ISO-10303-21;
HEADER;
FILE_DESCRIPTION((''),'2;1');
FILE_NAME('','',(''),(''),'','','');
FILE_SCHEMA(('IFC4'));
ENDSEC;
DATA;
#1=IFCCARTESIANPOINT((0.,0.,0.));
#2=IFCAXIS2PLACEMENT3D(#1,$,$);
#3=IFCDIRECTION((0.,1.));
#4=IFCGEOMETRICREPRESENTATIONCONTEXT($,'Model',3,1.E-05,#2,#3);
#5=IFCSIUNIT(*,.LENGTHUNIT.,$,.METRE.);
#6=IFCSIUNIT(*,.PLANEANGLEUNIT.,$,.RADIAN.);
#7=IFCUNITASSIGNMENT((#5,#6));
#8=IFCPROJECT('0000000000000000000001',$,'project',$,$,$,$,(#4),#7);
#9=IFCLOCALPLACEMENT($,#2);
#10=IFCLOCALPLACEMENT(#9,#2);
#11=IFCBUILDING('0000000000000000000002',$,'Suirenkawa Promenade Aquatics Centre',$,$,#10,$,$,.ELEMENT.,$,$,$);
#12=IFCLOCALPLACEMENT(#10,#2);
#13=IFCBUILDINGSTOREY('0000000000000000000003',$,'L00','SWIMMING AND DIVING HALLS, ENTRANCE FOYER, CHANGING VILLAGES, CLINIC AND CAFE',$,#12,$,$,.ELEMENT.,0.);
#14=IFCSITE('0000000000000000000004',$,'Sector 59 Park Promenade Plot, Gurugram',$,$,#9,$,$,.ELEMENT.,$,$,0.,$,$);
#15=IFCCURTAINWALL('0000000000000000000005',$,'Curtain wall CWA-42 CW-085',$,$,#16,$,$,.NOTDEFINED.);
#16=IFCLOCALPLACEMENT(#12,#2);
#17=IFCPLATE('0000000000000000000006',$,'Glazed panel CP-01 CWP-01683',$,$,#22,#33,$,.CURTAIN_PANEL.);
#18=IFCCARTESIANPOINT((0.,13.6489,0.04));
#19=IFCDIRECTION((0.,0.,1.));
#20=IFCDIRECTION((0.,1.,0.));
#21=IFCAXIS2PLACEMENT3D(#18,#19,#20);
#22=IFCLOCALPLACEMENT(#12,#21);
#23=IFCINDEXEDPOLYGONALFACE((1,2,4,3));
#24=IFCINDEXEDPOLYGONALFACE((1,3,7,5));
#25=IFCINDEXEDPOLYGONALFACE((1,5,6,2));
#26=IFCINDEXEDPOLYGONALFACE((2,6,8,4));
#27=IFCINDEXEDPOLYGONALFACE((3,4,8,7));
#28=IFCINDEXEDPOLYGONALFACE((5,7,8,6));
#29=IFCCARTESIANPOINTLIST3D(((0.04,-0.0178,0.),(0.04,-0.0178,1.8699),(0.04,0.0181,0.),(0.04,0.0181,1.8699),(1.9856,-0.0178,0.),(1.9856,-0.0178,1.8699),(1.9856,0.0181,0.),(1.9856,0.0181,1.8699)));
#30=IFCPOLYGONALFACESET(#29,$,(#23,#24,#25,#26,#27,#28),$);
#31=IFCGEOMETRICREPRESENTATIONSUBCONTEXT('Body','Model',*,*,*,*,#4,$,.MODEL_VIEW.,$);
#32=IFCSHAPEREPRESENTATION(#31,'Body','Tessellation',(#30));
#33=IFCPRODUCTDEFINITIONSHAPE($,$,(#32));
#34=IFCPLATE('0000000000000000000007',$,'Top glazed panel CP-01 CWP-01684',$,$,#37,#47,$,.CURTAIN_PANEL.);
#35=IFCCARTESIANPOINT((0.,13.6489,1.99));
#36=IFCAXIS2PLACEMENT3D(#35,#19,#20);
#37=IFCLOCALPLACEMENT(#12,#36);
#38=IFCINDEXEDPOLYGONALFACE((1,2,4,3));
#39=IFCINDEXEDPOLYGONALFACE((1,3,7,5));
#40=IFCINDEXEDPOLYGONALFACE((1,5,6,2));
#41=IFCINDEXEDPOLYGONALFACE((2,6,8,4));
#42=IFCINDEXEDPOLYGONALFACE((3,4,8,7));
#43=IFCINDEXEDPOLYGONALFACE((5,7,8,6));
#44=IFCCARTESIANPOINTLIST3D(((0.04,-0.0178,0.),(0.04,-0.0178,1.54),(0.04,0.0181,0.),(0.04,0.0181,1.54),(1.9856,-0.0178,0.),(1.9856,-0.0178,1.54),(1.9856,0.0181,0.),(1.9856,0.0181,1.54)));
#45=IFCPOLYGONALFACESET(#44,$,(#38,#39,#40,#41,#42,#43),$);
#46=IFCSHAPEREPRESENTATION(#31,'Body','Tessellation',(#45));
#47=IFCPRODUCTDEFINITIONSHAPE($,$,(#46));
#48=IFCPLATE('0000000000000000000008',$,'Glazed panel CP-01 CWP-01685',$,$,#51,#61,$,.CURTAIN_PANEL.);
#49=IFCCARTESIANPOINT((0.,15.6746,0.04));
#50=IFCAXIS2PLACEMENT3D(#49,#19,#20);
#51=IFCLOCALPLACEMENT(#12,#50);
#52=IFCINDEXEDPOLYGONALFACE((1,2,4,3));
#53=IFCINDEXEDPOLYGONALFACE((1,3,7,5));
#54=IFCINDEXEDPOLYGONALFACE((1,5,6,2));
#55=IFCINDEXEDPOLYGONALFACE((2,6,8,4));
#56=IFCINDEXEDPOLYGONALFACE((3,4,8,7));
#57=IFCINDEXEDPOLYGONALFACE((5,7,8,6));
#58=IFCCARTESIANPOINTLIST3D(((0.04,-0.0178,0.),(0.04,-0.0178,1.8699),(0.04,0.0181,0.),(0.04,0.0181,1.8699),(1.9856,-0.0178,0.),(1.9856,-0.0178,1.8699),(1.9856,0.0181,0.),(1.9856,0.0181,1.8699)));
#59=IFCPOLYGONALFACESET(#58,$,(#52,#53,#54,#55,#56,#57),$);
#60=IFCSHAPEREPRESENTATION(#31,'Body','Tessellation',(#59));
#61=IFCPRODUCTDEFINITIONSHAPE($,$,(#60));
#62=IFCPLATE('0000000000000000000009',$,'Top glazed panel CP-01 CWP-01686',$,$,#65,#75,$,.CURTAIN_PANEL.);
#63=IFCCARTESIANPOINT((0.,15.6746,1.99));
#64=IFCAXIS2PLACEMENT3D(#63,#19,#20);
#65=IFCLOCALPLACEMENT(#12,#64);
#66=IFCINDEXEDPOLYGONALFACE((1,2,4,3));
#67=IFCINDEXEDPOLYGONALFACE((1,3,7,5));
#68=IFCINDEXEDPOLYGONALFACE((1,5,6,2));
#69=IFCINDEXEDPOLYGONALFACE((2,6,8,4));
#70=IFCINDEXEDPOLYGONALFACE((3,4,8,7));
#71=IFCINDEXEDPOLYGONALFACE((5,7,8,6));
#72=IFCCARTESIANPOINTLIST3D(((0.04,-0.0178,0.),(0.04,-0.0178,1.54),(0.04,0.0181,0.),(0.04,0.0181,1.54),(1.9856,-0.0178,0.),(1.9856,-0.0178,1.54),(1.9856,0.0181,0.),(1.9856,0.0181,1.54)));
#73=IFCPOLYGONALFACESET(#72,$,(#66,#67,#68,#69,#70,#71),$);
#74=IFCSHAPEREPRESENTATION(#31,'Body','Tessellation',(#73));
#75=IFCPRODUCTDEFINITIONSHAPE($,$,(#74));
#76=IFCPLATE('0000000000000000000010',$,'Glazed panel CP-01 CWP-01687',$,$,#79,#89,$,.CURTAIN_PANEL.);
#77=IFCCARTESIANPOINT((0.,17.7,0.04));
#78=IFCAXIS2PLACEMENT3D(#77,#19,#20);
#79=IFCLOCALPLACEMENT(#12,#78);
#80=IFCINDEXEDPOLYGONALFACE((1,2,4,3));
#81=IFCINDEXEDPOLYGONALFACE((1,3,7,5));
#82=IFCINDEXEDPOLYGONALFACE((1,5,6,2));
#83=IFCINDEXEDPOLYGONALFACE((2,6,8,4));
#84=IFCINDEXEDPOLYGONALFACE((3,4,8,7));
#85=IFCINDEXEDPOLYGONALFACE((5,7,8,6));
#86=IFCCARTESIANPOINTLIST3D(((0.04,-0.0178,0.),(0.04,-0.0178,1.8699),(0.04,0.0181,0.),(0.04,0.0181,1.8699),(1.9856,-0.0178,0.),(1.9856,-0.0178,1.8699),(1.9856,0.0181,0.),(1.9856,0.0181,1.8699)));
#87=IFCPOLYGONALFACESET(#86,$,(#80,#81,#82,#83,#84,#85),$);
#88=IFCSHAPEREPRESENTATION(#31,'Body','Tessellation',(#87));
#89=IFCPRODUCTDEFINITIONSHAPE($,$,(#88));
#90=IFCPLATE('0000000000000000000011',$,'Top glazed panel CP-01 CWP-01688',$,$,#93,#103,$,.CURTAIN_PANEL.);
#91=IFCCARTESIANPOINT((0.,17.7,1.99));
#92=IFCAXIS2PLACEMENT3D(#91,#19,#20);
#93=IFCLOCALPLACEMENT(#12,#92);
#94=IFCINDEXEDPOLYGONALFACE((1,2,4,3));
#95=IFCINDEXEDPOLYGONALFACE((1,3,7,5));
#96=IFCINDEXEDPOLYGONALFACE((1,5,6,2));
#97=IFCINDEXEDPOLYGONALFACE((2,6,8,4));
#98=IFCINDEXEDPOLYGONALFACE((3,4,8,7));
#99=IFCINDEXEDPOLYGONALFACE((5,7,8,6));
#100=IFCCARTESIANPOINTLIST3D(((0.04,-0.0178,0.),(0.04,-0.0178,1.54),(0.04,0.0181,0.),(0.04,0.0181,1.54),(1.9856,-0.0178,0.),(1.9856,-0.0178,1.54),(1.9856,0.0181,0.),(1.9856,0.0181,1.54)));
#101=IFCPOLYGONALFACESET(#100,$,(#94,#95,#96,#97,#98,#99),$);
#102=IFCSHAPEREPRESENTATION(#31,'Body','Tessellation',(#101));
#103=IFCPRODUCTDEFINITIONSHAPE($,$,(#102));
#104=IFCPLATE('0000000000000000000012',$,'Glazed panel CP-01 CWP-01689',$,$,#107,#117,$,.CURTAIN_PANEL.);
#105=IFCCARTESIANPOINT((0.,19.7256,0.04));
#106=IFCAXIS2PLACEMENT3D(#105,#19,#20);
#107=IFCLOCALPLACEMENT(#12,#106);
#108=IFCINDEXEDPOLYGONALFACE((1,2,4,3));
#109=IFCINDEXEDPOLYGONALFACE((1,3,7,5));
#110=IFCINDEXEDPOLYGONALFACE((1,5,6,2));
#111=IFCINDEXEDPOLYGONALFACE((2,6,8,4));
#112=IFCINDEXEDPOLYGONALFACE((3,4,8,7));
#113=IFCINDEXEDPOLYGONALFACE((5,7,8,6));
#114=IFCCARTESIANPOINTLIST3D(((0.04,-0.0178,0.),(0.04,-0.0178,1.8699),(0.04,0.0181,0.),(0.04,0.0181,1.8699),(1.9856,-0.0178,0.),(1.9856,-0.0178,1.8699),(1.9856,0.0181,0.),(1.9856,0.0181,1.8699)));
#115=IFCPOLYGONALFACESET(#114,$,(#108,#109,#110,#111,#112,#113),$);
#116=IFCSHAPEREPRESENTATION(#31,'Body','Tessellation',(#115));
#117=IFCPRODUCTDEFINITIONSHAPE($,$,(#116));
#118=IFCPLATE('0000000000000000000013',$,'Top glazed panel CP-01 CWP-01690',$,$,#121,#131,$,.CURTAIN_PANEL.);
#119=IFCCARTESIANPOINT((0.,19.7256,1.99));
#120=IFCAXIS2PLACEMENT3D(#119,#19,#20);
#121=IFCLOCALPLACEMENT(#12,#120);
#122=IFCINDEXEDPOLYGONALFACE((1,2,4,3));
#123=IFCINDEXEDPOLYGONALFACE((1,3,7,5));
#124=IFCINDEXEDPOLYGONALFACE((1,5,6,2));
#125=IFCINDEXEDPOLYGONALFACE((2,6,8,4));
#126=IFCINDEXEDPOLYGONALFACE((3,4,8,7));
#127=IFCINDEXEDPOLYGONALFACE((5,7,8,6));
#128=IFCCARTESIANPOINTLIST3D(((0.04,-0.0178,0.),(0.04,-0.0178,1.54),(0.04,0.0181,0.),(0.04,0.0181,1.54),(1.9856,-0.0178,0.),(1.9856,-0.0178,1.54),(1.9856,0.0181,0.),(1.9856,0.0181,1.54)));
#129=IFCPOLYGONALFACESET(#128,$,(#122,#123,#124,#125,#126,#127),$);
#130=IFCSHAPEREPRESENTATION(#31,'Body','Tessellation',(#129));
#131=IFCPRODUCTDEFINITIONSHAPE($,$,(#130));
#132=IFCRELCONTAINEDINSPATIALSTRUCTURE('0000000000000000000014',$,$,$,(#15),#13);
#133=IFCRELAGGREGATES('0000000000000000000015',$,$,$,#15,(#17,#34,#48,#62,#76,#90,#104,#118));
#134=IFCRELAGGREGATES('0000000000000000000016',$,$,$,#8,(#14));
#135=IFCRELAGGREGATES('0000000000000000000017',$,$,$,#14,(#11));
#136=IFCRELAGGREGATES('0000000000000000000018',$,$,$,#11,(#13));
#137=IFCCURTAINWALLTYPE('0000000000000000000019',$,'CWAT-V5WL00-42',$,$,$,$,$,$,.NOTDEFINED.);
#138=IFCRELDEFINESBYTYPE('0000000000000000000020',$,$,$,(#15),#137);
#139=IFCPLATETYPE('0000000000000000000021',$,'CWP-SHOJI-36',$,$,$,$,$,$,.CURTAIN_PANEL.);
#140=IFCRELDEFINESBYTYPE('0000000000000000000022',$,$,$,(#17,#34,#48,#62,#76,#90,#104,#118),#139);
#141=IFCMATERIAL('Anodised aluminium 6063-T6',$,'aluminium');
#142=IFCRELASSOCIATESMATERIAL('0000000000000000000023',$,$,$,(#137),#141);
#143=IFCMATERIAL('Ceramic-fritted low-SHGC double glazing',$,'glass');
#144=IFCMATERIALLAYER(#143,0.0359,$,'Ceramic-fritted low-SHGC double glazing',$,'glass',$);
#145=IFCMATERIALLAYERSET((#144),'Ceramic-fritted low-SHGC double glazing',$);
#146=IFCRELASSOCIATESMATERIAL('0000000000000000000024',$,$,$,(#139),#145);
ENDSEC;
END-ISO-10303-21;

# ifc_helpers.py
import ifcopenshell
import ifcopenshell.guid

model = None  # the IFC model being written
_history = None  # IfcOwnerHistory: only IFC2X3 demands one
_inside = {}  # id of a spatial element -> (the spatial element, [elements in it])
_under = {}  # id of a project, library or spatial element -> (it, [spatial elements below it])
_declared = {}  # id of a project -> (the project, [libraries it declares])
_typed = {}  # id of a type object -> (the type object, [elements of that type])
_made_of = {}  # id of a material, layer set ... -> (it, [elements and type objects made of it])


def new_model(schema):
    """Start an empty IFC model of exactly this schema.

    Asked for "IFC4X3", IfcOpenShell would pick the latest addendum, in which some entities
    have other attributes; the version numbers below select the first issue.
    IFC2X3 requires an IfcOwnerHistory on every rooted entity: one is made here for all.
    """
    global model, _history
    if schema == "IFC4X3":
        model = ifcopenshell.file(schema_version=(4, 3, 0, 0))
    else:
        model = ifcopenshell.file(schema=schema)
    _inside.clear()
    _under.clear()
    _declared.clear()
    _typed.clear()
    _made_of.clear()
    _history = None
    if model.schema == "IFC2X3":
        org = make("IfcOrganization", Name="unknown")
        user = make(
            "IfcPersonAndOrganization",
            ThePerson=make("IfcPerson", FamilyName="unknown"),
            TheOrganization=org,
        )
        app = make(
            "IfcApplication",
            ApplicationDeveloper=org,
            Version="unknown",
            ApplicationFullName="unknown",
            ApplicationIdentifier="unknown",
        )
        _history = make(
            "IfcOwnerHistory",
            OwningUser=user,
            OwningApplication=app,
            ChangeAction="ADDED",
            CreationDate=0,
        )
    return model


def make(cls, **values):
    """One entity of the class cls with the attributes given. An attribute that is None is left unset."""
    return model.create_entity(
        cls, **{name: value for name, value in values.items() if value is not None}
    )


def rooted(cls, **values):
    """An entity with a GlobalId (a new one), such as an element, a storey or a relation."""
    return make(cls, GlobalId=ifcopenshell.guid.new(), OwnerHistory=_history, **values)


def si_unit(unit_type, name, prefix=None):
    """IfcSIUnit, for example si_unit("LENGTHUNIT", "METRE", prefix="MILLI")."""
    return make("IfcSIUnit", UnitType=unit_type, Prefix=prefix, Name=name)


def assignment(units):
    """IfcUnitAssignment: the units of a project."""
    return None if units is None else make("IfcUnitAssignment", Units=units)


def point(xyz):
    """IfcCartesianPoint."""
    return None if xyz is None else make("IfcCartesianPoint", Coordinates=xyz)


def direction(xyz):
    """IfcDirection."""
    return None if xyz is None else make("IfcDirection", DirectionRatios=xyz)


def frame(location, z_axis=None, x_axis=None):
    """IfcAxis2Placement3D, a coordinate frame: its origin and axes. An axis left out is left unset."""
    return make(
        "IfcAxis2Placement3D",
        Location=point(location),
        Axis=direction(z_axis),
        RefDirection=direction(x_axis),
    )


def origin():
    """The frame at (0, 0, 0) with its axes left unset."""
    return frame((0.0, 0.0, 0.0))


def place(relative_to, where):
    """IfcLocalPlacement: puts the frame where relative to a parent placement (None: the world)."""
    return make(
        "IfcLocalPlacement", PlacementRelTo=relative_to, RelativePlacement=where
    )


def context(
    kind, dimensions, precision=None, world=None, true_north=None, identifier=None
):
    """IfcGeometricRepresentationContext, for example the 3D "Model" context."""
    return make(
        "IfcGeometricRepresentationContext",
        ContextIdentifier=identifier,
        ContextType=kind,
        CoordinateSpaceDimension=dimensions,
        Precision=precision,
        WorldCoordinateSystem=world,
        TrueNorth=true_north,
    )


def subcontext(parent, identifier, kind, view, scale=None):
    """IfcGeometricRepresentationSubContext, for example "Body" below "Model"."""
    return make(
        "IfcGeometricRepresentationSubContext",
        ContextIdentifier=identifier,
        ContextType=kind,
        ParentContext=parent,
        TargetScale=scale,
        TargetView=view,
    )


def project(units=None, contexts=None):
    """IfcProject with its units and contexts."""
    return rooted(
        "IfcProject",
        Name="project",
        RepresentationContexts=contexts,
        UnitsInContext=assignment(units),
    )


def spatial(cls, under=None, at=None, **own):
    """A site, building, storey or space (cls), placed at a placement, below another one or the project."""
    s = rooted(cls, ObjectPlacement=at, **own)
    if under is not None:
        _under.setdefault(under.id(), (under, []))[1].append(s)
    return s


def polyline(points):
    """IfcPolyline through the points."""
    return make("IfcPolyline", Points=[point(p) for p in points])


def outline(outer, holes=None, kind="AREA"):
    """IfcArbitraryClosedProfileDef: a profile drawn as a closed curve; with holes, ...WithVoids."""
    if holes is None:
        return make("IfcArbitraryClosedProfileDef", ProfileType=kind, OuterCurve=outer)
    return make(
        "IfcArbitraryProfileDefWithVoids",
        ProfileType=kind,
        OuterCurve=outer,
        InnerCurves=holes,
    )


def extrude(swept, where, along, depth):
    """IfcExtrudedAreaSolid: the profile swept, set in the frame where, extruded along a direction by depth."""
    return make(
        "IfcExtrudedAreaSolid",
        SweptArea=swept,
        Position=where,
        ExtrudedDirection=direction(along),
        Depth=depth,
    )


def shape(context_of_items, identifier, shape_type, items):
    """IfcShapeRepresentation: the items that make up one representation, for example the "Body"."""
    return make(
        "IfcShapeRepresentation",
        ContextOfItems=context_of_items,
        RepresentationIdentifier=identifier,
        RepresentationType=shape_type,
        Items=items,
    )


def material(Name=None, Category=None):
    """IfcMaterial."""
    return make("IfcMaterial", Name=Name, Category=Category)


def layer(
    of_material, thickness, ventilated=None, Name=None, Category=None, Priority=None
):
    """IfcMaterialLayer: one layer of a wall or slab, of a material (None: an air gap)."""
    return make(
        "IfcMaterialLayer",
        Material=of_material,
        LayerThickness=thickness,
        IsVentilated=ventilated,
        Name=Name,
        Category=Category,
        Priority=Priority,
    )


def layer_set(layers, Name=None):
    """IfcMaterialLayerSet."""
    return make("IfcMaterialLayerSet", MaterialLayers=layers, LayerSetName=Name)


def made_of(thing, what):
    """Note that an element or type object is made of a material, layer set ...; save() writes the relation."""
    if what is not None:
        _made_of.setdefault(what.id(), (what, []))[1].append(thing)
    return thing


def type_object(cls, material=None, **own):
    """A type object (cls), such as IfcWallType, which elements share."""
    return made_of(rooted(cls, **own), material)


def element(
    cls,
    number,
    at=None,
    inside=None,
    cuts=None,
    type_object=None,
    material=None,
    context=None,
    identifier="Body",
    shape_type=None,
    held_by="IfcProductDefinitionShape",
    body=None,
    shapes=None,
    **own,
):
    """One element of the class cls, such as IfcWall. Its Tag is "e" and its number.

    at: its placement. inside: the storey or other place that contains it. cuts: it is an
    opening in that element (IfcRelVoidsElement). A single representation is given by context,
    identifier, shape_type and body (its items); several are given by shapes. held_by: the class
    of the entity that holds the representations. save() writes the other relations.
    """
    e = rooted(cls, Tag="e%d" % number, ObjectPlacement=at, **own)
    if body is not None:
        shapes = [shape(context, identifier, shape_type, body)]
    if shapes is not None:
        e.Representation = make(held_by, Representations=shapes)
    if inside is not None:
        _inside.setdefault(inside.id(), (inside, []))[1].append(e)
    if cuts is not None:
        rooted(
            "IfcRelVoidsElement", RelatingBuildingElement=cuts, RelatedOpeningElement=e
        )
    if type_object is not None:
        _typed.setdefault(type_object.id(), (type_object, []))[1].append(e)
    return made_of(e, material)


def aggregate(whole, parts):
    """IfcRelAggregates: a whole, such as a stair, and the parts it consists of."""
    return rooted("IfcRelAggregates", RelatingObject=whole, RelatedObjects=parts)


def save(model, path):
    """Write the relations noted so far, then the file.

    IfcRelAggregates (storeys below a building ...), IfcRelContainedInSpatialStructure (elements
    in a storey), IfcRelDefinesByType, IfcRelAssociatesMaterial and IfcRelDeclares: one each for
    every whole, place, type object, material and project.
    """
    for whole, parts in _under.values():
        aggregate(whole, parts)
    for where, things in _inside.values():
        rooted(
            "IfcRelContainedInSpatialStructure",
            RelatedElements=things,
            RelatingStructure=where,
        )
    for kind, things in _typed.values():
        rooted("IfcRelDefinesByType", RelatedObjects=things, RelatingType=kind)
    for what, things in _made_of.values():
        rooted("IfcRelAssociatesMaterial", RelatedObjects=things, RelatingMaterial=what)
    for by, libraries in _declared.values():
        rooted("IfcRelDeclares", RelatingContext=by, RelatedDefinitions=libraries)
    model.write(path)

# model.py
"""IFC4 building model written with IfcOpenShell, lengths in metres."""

from ifc_helpers import new_model, si_unit, direction, frame, origin, place, context, subcontext, project, spatial, polyline, outline, extrude, material, layer, layer_set, type_object, element, aggregate, save


model = new_model("IFC4")

# Units and contexts
model_context = context("Model", 3, precision=1e-05, world=origin(), true_north=direction((0.0, 1.0)))
body_context = subcontext(model_context, "Body", "Model", "MODEL_VIEW")
ifc_project = project(units=[si_unit("LENGTHUNIT", "METRE"), si_unit("PLANEANGLEUNIT", "RADIAN")], contexts=[model_context])

# Site, building, storey
site_placement = place(None, origin())
site = spatial("IfcSite", under=ifc_project, at=site_placement, Name="Sector 59 Park Promenade Plot, Gurugram", CompositionType="ELEMENT", RefElevation=0.0)
building_placement = place(site_placement, origin())
building = spatial("IfcBuilding", under=site, at=building_placement, Name="Suirenkawa Promenade Aquatics Centre", CompositionType="ELEMENT")
storey_placement = place(building_placement, origin())
storey = spatial("IfcBuildingStorey", under=building, at=storey_placement, Name="L00", Description="SWIMMING AND DIVING HALLS, ENTRANCE FOYER, CHANGING VILLAGES, CLINIC AND CAFE", CompositionType="ELEMENT", Elevation=0.0)

# Curtain wall, plates
ifc_material_1 = material(Name="Anodised aluminium 6063-T6", Category="aluminium")
curtain_wall_type = type_object("IfcCurtainWallType", Name="CWAT-V5WL00-42", PredefinedType="NOTDEFINED", material=ifc_material_1)
curtain_wall_placement = place(storey_placement, origin())
curtain_wall = element("IfcCurtainWall", 1, at=curtain_wall_placement, inside=storey, type_object=curtain_wall_type, Name="Curtain wall CWA-42 CW-085", PredefinedType="NOTDEFINED")
ifc_material_2 = material(Name="Ceramic-fritted low-SHGC double glazing", Category="glass")
ifc_layer_1 = layer(ifc_material_2, 0.0359, Name="Ceramic-fritted low-SHGC double glazing", Category="glass")
ifc_layer_set_1 = layer_set([ifc_layer_1], Name="Ceramic-fritted low-SHGC double glazing")
plate_type = type_object("IfcPlateType", Name="CWP-SHOJI-36", PredefinedType="CURTAIN_PANEL", material=ifc_layer_set_1)
plate_1_placement = place(storey_placement, frame((0.0, 13.6489, 0.04), z_axis=(0.0, 0.0, 1.0), x_axis=(0.0, 1.0, 0.0)))
plate_1 = element("IfcPlate", 2, at=plate_1_placement, type_object=plate_type, Name="Glazed panel CP-01 CWP-01683", PredefinedType="CURTAIN_PANEL", context=body_context, shape_type="SweptSolid", body=[
    extrude(outline(polyline([(0.04, 0.0), (1.9856, 0.0), (1.9856, 1.8699), (0.04, 1.8699), (0.04, 0.0)])), frame((0.0, 0.0181, 0.0), z_axis=(0.0, -1.0, 0.0), x_axis=(1.0, 0.0, 0.0)), (0.0, 0.0, 1.0), 0.0359),
])
plate_2_placement = place(storey_placement, frame((0.0, 13.6489, 1.99), z_axis=(0.0, 0.0, 1.0), x_axis=(0.0, 1.0, 0.0)))
plate_2 = element("IfcPlate", 3, at=plate_2_placement, type_object=plate_type, Name="Top glazed panel CP-01 CWP-01684", PredefinedType="CURTAIN_PANEL", context=body_context, shape_type="SweptSolid", body=[
    extrude(outline(polyline([(0.04, 0.0), (1.9856, 0.0), (1.9856, 1.54), (0.04, 1.54), (0.04, 0.0)])), frame((0.0, 0.0181, 0.0), z_axis=(0.0, -1.0, 0.0), x_axis=(1.0, 0.0, 0.0)), (0.0, 0.0, 1.0), 0.0359),
])
plate_3_placement = place(storey_placement, frame((0.0, 15.6746, 0.04), z_axis=(0.0, 0.0, 1.0), x_axis=(0.0, 1.0, 0.0)))
plate_3 = element("IfcPlate", 4, at=plate_3_placement, type_object=plate_type, Name="Glazed panel CP-01 CWP-01685", PredefinedType="CURTAIN_PANEL", context=body_context, shape_type="SweptSolid", body=[
    extrude(outline(polyline([(0.04, 0.0), (1.9856, 0.0), (1.9856, 1.8699), (0.04, 1.8699), (0.04, 0.0)])), frame((0.0, 0.0181, 0.0), z_axis=(0.0, -1.0, 0.0), x_axis=(1.0, 0.0, 0.0)), (0.0, 0.0, 1.0), 0.0359),
])
plate_4_placement = place(storey_placement, frame((0.0, 15.6746, 1.99), z_axis=(0.0, 0.0, 1.0), x_axis=(0.0, 1.0, 0.0)))
plate_4 = element("IfcPlate", 5, at=plate_4_placement, type_object=plate_type, Name="Top glazed panel CP-01 CWP-01686", PredefinedType="CURTAIN_PANEL", context=body_context, shape_type="SweptSolid", body=[
    extrude(outline(polyline([(0.04, 0.0), (1.9856, 0.0), (1.9856, 1.54), (0.04, 1.54), (0.04, 0.0)])), frame((0.0, 0.0181, 0.0), z_axis=(0.0, -1.0, 0.0), x_axis=(1.0, 0.0, 0.0)), (0.0, 0.0, 1.0), 0.0359),
])
plate_5_placement = place(storey_placement, frame((0.0, 17.7, 0.04), z_axis=(0.0, 0.0, 1.0), x_axis=(0.0, 1.0, 0.0)))
plate_5 = element("IfcPlate", 6, at=plate_5_placement, type_object=plate_type, Name="Glazed panel CP-01 CWP-01687", PredefinedType="CURTAIN_PANEL", context=body_context, shape_type="SweptSolid", body=[
    extrude(outline(polyline([(0.04, 0.0), (1.9856, 0.0), (1.9856, 1.8699), (0.04, 1.8699), (0.04, 0.0)])), frame((0.0, 0.0181, 0.0), z_axis=(0.0, -1.0, 0.0), x_axis=(1.0, 0.0, 0.0)), (0.0, 0.0, 1.0), 0.0359),
])
plate_6_placement = place(storey_placement, frame((0.0, 17.7, 1.99), z_axis=(0.0, 0.0, 1.0), x_axis=(0.0, 1.0, 0.0)))
plate_6 = element("IfcPlate", 7, at=plate_6_placement, type_object=plate_type, Name="Top glazed panel CP-01 CWP-01688", PredefinedType="CURTAIN_PANEL", context=body_context, shape_type="SweptSolid", body=[
    extrude(outline(polyline([(0.04, 0.0), (1.9856, 0.0), (1.9856, 1.54), (0.04, 1.54), (0.04, 0.0)])), frame((0.0, 0.0181, 0.0), z_axis=(0.0, -1.0, 0.0), x_axis=(1.0, 0.0, 0.0)), (0.0, 0.0, 1.0), 0.0359),
])
plate_7_placement = place(storey_placement, frame((0.0, 19.7256, 0.04), z_axis=(0.0, 0.0, 1.0), x_axis=(0.0, 1.0, 0.0)))
plate_7 = element("IfcPlate", 8, at=plate_7_placement, type_object=plate_type, Name="Glazed panel CP-01 CWP-01689", PredefinedType="CURTAIN_PANEL", context=body_context, shape_type="SweptSolid", body=[
    extrude(outline(polyline([(0.04, 0.0), (1.9856, 0.0), (1.9856, 1.8699), (0.04, 1.8699), (0.04, 0.0)])), frame((0.0, 0.0181, 0.0), z_axis=(0.0, -1.0, 0.0), x_axis=(1.0, 0.0, 0.0)), (0.0, 0.0, 1.0), 0.0359),
])
plate_8_placement = place(storey_placement, frame((0.0, 19.7256, 1.99), z_axis=(0.0, 0.0, 1.0), x_axis=(0.0, 1.0, 0.0)))
plate_8 = element("IfcPlate", 9, at=plate_8_placement, type_object=plate_type, Name="Top glazed panel CP-01 CWP-01690", PredefinedType="CURTAIN_PANEL", context=body_context, shape_type="SweptSolid", body=[
    extrude(outline(polyline([(0.04, 0.0), (1.9856, 0.0), (1.9856, 1.54), (0.04, 1.54), (0.04, 0.0)])), frame((0.0, 0.0181, 0.0), z_axis=(0.0, -1.0, 0.0), x_axis=(1.0, 0.0, 0.0)), (0.0, 0.0, 1.0), 0.0359),
])
aggregate(curtain_wall, [plate_1, plate_2, plate_3, plate_4, plate_5, plate_6, plate_7, plate_8])

save(model, "model.ifc")
